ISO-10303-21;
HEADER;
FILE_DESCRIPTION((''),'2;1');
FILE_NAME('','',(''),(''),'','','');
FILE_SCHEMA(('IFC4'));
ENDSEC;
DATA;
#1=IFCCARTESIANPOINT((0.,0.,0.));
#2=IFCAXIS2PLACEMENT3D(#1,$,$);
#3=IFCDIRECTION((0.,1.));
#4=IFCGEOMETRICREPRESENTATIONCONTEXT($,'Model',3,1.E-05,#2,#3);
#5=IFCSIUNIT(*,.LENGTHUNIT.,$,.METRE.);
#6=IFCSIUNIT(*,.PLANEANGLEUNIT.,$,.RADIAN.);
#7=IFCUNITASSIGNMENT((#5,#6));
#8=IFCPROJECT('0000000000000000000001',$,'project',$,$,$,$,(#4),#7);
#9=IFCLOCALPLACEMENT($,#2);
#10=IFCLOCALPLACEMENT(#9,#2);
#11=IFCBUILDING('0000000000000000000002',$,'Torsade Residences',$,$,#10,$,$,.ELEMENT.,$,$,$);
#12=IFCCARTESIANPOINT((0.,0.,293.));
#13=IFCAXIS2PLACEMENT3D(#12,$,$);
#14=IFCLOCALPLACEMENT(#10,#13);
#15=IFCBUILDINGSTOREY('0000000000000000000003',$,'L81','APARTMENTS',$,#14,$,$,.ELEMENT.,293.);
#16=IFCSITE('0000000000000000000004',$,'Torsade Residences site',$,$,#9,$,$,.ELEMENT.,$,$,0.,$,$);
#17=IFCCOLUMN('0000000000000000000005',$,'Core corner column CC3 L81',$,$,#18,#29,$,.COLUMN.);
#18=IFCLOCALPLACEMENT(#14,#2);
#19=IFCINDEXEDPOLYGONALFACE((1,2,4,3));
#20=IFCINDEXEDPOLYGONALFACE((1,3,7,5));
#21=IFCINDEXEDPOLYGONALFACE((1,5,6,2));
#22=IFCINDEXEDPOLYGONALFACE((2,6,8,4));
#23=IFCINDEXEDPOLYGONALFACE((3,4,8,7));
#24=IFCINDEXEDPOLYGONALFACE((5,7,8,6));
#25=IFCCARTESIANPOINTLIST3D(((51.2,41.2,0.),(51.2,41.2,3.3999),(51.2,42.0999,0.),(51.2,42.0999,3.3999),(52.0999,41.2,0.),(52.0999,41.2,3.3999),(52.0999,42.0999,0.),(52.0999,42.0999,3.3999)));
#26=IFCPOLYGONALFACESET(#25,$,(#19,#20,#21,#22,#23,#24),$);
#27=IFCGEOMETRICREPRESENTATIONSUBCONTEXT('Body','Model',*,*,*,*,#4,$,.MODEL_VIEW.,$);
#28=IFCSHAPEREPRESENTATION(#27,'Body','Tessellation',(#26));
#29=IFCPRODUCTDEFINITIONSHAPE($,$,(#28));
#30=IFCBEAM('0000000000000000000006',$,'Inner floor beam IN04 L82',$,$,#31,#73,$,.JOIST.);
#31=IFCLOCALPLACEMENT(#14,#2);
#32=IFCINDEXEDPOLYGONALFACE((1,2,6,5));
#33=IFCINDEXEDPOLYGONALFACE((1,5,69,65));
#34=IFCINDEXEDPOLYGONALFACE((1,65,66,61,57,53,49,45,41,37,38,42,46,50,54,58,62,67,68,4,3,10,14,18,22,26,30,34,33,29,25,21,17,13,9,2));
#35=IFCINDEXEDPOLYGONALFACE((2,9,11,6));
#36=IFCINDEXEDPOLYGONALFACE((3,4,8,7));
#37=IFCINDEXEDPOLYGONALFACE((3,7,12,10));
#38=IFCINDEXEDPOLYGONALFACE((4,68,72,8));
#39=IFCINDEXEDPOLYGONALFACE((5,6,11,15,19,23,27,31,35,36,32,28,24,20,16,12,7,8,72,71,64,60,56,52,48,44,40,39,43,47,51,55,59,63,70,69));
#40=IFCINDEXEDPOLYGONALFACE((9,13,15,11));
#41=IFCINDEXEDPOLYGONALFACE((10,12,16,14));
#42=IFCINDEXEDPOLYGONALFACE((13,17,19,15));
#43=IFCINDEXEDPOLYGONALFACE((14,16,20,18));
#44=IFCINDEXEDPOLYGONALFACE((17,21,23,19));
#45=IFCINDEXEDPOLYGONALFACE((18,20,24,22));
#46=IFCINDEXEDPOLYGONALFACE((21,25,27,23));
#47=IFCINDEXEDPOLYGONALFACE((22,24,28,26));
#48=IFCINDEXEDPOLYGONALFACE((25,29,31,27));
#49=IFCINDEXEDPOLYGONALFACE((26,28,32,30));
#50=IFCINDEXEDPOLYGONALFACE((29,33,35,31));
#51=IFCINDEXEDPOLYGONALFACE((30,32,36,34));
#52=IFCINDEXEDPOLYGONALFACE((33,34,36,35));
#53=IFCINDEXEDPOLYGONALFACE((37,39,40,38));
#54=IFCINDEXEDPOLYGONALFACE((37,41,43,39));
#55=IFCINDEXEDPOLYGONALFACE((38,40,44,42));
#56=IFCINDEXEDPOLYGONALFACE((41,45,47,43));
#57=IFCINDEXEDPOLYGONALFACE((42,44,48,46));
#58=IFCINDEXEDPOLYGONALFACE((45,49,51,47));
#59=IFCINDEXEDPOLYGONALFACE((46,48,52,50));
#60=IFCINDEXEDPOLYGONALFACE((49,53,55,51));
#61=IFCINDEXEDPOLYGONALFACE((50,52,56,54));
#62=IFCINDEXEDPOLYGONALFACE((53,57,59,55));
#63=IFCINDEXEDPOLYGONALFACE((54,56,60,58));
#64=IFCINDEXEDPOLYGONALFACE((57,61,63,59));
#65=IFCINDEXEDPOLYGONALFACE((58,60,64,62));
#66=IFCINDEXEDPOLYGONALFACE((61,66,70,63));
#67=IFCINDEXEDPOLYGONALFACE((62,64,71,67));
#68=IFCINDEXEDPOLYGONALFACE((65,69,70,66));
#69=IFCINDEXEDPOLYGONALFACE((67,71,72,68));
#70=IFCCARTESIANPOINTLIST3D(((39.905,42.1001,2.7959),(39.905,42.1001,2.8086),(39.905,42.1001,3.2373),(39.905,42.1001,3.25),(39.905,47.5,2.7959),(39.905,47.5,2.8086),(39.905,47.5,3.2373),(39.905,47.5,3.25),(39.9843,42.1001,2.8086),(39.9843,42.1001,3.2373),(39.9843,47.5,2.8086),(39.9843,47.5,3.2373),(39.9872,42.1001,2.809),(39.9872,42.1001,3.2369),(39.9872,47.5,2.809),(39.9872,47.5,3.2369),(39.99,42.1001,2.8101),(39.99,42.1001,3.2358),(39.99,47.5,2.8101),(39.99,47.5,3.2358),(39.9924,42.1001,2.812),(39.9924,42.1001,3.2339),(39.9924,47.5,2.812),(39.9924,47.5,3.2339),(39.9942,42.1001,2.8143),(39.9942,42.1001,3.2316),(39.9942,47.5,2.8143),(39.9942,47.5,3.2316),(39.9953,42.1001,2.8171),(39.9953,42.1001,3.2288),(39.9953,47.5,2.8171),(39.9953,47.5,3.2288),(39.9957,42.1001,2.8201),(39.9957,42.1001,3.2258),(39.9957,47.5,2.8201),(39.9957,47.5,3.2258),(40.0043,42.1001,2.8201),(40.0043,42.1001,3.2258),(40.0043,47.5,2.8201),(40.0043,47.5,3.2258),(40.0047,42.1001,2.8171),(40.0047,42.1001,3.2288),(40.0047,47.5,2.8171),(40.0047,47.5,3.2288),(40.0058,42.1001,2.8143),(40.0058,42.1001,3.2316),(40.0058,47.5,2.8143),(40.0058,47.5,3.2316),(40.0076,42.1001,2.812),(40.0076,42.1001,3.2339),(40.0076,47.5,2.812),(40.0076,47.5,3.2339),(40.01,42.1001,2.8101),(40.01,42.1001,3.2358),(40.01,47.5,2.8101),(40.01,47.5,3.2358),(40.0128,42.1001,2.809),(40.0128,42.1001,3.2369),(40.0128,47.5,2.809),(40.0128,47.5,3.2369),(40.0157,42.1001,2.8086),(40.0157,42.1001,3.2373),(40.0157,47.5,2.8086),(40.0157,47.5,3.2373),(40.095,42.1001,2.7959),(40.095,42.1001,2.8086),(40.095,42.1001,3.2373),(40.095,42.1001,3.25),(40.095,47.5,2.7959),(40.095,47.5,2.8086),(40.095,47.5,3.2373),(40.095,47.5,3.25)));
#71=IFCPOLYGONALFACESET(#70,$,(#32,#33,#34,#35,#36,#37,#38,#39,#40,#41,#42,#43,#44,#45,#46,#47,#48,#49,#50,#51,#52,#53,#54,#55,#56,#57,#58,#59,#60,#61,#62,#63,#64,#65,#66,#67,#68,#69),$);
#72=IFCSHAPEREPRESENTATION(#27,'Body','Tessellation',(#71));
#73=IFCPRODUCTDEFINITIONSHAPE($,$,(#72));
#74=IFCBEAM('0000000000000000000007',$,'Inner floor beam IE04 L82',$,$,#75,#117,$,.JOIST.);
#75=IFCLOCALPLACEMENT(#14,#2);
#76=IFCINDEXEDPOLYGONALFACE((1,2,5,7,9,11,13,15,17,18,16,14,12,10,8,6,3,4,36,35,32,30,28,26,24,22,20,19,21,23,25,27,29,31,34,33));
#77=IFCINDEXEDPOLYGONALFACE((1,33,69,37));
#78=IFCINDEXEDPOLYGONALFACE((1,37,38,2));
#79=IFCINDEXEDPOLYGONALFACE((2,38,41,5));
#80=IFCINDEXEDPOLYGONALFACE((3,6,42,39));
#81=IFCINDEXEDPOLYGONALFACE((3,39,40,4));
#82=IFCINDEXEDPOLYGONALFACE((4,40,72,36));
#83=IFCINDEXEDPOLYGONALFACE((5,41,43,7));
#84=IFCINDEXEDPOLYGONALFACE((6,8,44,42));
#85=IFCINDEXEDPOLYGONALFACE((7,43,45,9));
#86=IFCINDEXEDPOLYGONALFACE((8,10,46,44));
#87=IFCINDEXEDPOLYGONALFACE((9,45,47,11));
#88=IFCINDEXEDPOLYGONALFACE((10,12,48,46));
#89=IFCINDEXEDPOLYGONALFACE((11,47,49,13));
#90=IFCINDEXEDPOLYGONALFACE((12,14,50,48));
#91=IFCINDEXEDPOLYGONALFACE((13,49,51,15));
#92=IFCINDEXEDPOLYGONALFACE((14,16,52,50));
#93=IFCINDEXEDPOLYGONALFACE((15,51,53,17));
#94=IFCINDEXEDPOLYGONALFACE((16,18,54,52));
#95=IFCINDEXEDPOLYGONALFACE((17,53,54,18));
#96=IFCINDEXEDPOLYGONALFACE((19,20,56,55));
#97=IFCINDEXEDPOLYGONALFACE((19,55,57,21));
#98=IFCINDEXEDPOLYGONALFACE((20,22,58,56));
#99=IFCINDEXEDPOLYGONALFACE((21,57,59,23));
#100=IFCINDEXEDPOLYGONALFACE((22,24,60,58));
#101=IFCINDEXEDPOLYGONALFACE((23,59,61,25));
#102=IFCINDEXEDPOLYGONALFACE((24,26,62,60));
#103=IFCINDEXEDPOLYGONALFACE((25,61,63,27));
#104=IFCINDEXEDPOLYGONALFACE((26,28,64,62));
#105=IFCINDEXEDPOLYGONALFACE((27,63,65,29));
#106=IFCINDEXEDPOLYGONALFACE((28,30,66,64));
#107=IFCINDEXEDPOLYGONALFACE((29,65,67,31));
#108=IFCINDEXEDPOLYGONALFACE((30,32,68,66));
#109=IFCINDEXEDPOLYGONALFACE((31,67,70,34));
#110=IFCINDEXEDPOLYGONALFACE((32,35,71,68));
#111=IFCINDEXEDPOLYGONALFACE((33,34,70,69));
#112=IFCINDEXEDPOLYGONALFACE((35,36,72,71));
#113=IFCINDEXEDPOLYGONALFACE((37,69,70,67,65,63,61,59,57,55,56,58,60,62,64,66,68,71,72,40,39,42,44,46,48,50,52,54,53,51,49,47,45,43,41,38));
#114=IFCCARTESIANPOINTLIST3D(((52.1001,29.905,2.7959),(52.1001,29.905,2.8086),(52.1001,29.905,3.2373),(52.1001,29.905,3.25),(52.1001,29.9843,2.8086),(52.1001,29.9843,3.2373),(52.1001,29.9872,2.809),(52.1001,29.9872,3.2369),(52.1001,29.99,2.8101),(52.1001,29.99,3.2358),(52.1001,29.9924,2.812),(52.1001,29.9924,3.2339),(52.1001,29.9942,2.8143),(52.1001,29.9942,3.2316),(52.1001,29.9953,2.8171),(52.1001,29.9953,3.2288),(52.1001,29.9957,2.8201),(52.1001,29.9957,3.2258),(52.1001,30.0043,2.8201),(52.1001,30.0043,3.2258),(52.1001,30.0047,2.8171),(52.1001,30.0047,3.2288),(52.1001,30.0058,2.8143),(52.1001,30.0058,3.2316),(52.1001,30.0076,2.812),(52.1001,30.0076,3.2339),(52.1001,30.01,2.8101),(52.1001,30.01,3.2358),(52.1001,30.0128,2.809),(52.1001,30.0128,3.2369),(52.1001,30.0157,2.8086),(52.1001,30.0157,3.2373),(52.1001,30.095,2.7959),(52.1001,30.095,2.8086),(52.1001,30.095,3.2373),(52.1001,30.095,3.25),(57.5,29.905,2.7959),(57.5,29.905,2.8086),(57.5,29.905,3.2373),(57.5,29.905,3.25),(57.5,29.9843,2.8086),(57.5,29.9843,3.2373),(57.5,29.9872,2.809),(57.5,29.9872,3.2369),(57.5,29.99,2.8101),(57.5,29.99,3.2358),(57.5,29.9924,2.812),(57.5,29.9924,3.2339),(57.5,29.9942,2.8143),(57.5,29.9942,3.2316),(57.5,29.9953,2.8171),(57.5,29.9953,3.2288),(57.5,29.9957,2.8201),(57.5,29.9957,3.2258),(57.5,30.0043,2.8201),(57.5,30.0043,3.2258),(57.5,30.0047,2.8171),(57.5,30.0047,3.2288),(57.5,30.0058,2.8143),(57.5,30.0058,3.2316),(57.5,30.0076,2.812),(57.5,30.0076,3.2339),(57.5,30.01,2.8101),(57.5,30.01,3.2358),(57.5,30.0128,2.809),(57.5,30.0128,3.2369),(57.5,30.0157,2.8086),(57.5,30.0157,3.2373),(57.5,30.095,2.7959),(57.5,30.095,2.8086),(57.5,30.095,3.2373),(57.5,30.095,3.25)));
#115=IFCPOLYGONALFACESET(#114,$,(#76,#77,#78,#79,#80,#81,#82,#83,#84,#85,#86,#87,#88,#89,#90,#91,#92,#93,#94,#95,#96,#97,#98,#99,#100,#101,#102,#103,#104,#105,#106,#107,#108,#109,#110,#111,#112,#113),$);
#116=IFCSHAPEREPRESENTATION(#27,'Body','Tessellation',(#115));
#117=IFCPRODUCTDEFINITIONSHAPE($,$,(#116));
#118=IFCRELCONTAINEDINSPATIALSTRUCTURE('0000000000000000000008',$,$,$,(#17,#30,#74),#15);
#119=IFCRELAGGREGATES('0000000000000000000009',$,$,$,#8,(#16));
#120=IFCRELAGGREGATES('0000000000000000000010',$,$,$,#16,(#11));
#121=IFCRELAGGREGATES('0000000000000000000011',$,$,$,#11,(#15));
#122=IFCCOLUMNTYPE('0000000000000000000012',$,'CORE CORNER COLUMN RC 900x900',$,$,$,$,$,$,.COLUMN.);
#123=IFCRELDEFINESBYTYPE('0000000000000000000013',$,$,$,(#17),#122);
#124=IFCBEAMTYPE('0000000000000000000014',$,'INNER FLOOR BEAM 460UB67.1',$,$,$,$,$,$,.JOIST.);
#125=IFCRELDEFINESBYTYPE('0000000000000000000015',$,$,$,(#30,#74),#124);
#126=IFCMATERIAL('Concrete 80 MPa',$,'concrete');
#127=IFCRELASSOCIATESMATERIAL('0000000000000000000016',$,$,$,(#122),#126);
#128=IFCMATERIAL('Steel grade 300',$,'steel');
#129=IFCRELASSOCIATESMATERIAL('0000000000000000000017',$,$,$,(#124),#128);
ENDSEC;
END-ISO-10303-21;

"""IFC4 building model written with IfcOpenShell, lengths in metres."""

from ifc_helpers import new_model, si_unit, direction, frame, origin, origin_2d, place, context, subcontext, project, spatial, rectangle, i_section, extrude, material, material_profile, profile_set, type_object, element, save


model = new_model("IFC4")

# Units and contexts
model_context = context("Model", 3, precision=1e-05, world=origin(), true_north=direction((0.0, 1.0)))
body_context = subcontext(model_context, "Body", "Model", "MODEL_VIEW")
ifc_project = project(units=[si_unit("LENGTHUNIT", "METRE"), si_unit("PLANEANGLEUNIT", "RADIAN")], contexts=[model_context])

# Site, building, storey
site_placement = place(None, origin())
site = spatial("IfcSite", under=ifc_project, at=site_placement, Name="Torsade Residences site", CompositionType="ELEMENT", RefElevation=0.0)
building_placement = place(site_placement, origin())
building = spatial("IfcBuilding", under=site, at=building_placement, Name="Torsade Residences", CompositionType="ELEMENT")
storey_placement = place(building_placement, frame((0.0, 0.0, 293.0)))
storey = spatial("IfcBuildingStorey", under=building, at=storey_placement, Name="L81", Description="APARTMENTS", CompositionType="ELEMENT", Elevation=293.0)

# Column
ifc_material_1 = material(Name="Concrete 80 MPa", Category="concrete")
ifc_material_profile_1 = material_profile(ifc_material_1, rectangle(XDim=0.8999, YDim=0.8999, at=origin_2d()), Name="RC 900x900")
ifc_profile_set_1 = profile_set([ifc_material_profile_1], Name="Concrete 80 MPa")
column_type = type_object("IfcColumnType", Name="CORE CORNER COLUMN RC 900x900", PredefinedType="COLUMN", material=ifc_profile_set_1)
column_placement = place(storey_placement, frame((51.6499, 41.6499, 0.0), z_axis=(0.0, 0.0, 1.0), x_axis=(1.0, 0.0, 0.0)))
element("IfcColumn", 1, at=column_placement, inside=storey, type_object=column_type, Name="Core corner column CC3 L81", PredefinedType="COLUMN", context=body_context, shape_type="SweptSolid", body=[
    extrude(rectangle(XDim=0.8999, YDim=0.8999, at=origin_2d()), origin(), (0.0, 0.0, 1.0), 3.3999),
])

# Beams
ifc_material_2 = material(Name="Steel grade 300", Category="steel")
ifc_material_profile_2 = material_profile(ifc_material_2, i_section(OverallWidth=0.1899, OverallDepth=0.4541, WebThickness=0.0085, FlangeThickness=0.0127, FilletRadius=0.0115, at=origin_2d()), Name="460UB67.1")
ifc_profile_set_2 = profile_set([ifc_material_profile_2], Name="Steel grade 300")
beam_type = type_object("IfcBeamType", Name="INNER FLOOR BEAM 460UB67.1", PredefinedType="JOIST", material=ifc_profile_set_2)
for number, where, z_axis, x_axis, name in (
    (2, (40.0, 42.1001, 3.0229), (0.0, 1.0, 0.0), (-1.0, 0.0, 0.0), "Inner floor beam IN04 L82"),
    (3, (52.1001, 30.0, 3.0229), (1.0, 0.0, 0.0), (0.0, 1.0, 0.0), "Inner floor beam IE04 L82"),
):
    element("IfcBeam", number, at=place(storey_placement, frame(where, z_axis=z_axis, x_axis=x_axis)), inside=storey, type_object=beam_type, Name=name, PredefinedType="JOIST", context=body_context, shape_type="SweptSolid", body=[
        extrude(i_section(OverallWidth=0.1899, OverallDepth=0.4541, WebThickness=0.0085, FlangeThickness=0.0127, FilletRadius=0.0115, at=origin_2d()), origin(), (0.0, 0.0, 1.0), 5.3999),
    ])

save(model, "model.ifc")
